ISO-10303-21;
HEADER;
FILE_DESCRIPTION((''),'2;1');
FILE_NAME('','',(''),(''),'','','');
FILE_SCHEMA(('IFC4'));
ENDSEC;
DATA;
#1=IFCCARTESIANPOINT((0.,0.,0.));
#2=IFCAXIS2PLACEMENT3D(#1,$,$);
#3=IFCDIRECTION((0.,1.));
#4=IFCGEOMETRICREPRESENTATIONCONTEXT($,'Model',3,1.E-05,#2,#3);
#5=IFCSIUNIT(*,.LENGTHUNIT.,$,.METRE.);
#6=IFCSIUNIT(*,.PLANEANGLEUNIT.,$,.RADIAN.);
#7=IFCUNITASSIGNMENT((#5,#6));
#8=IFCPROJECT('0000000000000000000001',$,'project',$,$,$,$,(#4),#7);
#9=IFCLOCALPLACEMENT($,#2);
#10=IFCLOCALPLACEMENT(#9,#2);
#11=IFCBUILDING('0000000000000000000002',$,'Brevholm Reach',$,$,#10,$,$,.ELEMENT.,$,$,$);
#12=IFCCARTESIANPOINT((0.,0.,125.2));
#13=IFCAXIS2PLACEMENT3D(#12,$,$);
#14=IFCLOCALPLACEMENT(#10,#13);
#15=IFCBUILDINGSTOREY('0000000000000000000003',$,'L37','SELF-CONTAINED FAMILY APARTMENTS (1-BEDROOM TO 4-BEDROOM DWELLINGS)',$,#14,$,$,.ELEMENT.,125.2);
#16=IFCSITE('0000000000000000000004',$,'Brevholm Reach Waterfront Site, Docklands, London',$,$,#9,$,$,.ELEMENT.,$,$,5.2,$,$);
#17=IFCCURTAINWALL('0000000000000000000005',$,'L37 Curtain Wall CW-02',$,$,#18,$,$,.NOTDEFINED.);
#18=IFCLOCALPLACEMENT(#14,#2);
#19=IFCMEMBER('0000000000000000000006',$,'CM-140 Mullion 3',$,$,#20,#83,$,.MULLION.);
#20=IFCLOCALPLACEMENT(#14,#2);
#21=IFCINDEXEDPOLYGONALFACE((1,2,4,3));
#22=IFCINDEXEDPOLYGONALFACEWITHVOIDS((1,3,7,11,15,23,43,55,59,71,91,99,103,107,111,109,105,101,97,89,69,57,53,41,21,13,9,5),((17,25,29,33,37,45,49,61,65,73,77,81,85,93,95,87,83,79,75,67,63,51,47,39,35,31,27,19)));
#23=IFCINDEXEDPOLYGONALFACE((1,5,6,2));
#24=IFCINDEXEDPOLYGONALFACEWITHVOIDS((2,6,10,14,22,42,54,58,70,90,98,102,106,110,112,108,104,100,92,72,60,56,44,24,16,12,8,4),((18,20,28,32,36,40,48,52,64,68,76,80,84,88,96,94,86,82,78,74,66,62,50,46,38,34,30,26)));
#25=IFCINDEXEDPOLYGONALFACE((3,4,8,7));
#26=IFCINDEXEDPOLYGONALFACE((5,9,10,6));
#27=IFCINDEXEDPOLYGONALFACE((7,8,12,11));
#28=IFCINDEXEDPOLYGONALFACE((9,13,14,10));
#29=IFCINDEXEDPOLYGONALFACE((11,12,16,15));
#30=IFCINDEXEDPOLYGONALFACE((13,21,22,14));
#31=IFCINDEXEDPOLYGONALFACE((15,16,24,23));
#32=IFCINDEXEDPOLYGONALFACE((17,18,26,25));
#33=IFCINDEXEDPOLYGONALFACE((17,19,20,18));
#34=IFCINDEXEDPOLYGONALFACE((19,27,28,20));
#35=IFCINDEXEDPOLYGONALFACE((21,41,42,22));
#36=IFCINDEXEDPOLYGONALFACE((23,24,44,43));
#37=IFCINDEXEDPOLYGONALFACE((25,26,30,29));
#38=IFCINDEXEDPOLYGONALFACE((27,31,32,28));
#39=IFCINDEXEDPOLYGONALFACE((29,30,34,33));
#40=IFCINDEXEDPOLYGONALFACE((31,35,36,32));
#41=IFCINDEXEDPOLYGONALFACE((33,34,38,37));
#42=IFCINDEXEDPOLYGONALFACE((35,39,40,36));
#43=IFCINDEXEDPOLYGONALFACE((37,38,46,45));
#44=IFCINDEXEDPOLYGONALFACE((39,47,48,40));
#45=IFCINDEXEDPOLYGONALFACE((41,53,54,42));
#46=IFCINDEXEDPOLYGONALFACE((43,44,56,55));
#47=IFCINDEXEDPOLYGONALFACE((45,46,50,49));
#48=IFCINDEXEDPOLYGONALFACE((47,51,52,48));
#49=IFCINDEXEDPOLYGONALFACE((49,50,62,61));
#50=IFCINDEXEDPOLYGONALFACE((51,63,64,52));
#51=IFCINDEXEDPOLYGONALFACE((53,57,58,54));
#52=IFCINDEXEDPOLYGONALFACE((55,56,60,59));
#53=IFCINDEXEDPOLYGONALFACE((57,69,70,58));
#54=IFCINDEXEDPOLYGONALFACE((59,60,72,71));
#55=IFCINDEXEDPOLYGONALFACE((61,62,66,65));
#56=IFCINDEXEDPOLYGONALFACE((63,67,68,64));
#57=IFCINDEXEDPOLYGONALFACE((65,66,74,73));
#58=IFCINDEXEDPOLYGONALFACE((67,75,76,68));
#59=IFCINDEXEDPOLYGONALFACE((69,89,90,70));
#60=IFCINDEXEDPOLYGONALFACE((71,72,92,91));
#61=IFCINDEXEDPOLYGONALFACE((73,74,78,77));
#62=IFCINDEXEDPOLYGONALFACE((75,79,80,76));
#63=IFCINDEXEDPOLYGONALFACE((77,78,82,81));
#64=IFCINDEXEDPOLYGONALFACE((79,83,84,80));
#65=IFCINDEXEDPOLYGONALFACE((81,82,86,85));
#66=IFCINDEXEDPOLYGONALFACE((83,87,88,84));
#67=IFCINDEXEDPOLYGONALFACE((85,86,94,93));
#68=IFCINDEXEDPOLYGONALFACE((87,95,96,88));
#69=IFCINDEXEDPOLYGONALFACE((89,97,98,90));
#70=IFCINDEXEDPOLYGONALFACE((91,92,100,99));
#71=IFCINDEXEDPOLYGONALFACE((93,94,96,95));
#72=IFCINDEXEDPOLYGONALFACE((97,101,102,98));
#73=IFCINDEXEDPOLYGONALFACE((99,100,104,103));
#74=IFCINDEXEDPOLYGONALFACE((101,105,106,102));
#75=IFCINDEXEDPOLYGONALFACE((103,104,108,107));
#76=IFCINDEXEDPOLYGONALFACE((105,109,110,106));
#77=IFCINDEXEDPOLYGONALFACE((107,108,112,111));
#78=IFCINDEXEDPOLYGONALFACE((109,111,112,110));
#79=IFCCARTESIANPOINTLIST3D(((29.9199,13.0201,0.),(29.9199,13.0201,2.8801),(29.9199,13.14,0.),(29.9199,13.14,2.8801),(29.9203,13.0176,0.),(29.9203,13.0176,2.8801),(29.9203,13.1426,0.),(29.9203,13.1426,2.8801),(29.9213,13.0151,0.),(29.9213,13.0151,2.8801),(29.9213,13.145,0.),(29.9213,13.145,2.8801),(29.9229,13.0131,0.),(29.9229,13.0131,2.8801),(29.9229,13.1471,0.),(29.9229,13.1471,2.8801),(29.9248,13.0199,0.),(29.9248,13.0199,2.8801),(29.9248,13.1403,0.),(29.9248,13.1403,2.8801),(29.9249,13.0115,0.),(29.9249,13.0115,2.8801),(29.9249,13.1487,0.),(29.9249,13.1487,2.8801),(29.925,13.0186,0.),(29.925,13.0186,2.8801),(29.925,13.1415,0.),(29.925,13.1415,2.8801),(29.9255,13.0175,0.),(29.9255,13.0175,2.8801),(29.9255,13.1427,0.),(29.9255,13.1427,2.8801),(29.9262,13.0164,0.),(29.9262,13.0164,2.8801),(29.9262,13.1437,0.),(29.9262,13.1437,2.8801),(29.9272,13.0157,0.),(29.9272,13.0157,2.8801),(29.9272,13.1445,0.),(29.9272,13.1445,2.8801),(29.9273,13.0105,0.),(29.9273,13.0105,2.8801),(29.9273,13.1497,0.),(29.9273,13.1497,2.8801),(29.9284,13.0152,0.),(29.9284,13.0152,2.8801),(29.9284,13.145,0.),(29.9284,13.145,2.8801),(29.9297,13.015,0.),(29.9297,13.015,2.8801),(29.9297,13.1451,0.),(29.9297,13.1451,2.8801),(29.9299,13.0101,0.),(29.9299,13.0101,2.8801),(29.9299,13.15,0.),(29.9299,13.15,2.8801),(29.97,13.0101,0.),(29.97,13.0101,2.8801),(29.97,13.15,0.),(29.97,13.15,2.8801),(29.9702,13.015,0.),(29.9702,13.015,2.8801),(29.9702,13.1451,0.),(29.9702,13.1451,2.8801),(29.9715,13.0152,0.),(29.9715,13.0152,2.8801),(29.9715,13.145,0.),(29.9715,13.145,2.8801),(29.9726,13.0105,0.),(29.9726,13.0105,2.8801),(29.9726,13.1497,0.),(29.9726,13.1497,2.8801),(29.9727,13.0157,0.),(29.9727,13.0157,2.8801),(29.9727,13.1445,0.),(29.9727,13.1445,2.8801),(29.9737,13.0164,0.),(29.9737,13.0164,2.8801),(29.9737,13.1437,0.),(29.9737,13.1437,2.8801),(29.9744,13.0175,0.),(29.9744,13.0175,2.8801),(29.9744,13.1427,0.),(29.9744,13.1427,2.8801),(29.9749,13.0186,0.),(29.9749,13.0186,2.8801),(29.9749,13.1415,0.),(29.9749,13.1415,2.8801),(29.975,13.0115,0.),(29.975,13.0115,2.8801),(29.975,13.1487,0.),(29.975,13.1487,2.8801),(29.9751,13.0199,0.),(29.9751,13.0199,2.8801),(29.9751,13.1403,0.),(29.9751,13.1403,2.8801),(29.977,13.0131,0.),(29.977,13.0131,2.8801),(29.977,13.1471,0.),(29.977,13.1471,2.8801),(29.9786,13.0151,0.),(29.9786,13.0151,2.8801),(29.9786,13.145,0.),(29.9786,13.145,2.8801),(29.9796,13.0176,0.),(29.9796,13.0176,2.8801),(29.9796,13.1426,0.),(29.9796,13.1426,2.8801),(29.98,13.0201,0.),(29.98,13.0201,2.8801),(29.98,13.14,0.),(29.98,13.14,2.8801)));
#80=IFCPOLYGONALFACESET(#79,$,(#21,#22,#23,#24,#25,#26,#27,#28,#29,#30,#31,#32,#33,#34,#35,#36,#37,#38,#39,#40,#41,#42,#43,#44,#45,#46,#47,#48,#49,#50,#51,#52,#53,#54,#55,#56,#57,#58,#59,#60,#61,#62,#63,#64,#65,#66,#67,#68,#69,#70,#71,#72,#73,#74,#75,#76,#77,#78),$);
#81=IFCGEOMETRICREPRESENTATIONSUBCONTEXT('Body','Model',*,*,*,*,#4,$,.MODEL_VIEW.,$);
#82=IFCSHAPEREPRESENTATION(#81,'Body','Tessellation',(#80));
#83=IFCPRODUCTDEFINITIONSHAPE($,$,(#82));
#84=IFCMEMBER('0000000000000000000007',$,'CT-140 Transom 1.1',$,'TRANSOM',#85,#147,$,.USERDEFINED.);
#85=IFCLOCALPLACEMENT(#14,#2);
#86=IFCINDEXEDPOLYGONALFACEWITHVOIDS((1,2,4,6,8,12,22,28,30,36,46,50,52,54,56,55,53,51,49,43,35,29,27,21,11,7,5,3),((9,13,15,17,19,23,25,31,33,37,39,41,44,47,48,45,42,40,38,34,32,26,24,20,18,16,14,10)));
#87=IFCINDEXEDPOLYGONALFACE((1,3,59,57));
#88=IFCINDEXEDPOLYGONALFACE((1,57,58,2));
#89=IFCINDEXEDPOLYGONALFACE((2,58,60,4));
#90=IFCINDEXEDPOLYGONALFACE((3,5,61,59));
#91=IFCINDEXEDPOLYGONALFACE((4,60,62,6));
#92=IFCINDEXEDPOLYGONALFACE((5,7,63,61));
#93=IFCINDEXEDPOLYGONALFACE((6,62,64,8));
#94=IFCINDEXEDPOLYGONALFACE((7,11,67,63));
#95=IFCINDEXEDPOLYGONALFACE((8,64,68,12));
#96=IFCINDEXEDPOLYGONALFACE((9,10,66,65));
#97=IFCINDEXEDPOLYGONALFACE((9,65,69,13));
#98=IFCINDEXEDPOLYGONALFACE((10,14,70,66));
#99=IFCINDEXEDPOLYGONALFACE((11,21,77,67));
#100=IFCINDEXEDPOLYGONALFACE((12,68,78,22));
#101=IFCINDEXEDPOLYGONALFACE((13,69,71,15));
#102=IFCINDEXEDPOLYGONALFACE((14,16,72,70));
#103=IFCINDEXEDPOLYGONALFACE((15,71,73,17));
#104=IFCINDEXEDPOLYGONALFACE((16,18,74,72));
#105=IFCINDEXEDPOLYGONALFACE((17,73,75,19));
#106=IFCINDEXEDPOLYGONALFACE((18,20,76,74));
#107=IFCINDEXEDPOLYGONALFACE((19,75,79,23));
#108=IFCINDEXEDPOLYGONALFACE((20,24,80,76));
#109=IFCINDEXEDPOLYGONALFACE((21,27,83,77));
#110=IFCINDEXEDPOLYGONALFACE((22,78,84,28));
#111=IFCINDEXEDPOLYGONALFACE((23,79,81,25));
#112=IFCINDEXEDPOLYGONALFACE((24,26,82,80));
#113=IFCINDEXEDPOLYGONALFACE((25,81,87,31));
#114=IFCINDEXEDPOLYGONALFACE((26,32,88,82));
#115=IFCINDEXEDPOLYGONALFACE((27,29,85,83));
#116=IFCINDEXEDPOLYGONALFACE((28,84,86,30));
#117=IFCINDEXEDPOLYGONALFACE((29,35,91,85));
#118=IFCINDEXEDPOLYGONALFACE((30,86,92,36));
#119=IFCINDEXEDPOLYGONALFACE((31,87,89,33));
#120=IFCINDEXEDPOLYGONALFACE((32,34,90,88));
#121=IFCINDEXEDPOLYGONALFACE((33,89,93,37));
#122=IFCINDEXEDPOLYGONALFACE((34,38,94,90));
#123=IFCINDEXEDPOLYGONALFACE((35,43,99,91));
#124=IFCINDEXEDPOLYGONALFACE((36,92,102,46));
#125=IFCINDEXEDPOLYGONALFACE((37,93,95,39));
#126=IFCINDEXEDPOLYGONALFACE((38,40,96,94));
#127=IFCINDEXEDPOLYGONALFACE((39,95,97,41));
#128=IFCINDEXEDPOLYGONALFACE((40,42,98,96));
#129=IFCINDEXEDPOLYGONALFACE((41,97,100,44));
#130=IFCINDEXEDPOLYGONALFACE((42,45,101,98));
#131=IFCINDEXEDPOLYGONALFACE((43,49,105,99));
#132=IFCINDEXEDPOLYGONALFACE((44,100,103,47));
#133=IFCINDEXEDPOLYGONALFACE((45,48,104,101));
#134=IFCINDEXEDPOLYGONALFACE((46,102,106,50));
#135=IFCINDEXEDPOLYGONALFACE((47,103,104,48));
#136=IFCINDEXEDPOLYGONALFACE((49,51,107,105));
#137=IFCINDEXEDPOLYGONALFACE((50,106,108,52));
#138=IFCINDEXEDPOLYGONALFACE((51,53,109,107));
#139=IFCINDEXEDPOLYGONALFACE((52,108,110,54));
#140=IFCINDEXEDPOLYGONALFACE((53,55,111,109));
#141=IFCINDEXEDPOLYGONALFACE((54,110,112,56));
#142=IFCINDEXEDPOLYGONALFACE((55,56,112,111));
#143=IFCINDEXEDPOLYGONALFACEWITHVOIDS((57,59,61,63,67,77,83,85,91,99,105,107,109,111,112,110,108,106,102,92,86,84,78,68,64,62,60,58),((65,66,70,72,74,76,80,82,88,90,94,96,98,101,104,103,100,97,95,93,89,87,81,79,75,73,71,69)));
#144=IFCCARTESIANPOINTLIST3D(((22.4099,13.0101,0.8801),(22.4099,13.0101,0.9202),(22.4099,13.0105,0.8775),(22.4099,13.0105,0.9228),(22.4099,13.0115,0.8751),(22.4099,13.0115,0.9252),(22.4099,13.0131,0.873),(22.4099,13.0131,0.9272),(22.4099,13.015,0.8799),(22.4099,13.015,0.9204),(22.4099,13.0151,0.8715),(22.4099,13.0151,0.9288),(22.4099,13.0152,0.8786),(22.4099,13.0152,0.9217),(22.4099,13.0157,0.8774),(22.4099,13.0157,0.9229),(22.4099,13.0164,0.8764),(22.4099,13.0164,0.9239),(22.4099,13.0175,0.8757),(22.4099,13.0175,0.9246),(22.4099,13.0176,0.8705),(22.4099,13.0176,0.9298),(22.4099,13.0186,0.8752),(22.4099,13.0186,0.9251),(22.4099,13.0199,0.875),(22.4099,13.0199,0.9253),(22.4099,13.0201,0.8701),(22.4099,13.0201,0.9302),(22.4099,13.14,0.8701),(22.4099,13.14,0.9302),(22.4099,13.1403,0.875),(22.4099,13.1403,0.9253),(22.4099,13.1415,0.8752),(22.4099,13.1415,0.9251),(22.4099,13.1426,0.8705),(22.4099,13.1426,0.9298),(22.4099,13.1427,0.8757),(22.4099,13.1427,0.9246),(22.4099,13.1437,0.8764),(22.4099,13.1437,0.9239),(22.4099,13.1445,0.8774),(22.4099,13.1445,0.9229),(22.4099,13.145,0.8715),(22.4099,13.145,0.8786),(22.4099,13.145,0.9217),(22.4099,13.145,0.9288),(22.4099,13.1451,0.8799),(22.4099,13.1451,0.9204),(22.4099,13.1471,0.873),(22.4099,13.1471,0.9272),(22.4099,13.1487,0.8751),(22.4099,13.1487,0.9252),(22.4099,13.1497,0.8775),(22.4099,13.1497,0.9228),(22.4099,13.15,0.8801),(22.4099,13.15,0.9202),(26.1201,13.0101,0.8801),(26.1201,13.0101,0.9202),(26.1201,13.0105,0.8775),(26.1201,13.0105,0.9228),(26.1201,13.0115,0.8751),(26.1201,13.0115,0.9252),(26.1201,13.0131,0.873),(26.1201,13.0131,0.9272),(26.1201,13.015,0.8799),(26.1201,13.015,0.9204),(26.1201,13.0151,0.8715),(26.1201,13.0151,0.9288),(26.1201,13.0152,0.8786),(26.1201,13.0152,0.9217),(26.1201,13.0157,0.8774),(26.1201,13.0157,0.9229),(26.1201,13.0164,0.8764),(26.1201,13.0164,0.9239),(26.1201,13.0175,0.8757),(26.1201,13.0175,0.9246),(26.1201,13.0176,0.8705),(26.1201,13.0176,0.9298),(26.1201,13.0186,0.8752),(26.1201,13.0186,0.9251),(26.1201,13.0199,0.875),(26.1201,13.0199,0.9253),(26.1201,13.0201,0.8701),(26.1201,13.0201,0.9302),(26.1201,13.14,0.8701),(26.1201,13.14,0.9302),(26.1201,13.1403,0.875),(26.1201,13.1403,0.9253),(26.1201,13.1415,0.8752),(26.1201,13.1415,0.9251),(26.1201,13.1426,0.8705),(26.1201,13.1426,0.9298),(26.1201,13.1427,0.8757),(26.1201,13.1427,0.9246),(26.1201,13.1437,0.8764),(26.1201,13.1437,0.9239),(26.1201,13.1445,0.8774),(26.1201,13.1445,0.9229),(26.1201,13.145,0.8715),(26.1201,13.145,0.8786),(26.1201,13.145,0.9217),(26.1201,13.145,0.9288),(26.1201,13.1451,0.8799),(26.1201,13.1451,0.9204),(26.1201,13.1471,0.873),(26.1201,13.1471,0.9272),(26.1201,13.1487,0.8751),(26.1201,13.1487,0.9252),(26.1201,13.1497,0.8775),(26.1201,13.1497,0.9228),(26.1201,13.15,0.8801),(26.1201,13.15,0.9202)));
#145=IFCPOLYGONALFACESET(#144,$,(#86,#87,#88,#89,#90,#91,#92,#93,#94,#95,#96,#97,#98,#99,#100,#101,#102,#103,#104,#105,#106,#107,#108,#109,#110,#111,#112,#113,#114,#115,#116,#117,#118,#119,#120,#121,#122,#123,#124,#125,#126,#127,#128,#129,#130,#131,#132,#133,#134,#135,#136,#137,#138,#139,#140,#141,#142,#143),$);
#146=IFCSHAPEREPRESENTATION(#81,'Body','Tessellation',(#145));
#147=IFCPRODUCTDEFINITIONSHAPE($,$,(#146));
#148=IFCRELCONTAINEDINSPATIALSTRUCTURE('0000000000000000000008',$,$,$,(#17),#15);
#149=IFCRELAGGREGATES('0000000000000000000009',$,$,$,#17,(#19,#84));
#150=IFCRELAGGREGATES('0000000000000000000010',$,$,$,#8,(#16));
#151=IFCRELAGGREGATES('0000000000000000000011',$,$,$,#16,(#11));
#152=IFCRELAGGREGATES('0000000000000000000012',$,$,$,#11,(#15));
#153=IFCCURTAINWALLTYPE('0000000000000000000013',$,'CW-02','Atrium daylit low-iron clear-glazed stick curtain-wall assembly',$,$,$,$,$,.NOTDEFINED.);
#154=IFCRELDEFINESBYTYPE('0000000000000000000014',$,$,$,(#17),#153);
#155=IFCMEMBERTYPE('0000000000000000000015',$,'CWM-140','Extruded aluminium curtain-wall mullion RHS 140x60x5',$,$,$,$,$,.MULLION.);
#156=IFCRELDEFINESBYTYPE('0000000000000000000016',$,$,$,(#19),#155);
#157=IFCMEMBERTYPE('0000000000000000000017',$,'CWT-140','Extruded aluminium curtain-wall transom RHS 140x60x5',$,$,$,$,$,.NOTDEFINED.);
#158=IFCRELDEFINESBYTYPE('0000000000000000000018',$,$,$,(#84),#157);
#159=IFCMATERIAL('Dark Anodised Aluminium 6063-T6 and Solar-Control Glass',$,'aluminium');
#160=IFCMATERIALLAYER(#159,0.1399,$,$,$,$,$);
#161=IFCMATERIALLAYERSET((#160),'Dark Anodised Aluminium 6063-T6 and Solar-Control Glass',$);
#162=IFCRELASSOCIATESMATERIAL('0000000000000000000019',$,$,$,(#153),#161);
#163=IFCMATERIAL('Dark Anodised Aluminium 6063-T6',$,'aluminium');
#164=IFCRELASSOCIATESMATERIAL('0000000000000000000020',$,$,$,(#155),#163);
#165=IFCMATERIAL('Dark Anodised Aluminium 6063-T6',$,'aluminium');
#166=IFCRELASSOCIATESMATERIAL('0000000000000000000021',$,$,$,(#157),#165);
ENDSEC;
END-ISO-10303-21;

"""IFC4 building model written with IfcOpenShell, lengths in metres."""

from ifc_helpers import new_model, si_unit, direction, frame, origin, origin_2d, place, context, subcontext, project, spatial, hollow_rectangle, extrude, material, layer, layer_set, material_profile, profile_set, type_object, element, aggregate, save


model = new_model("IFC4")

# Units and contexts
model_context = context("Model", 3, precision=1e-05, world=origin(), true_north=direction((0.0, 1.0)))
body_context = subcontext(model_context, "Body", "Model", "MODEL_VIEW")
ifc_project = project(units=[si_unit("LENGTHUNIT", "METRE"), si_unit("PLANEANGLEUNIT", "RADIAN")], contexts=[model_context])

# Site, building, storey
site_placement = place(None, origin())
site = spatial("IfcSite", under=ifc_project, at=site_placement, Name="Brevholm Reach Waterfront Site, Docklands, London", CompositionType="ELEMENT", RefElevation=5.2)
building_placement = place(site_placement, origin())
building = spatial("IfcBuilding", under=site, at=building_placement, Name="Brevholm Reach", CompositionType="ELEMENT")
storey_placement = place(building_placement, frame((0.0, 0.0, 125.2)))
storey = spatial("IfcBuildingStorey", under=building, at=storey_placement, Name="L37", Description="SELF-CONTAINED FAMILY APARTMENTS (1-BEDROOM TO 4-BEDROOM DWELLINGS)", CompositionType="ELEMENT", Elevation=125.2)

# Curtain wall, members
ifc_material_1 = material(Name="Dark Anodised Aluminium 6063-T6 and Solar-Control Glass", Category="aluminium")
ifc_layer_1 = layer(ifc_material_1, 0.1399)
ifc_layer_set_1 = layer_set([ifc_layer_1], Name="Dark Anodised Aluminium 6063-T6 and Solar-Control Glass")
curtain_wall_type = type_object("IfcCurtainWallType", Name="CW-02", Description="Atrium daylit low-iron clear-glazed stick curtain-wall assembly", PredefinedType="NOTDEFINED", material=ifc_layer_set_1)
curtain_wall_placement = place(storey_placement, origin())
curtain_wall = element("IfcCurtainWall", 1, at=curtain_wall_placement, inside=storey, type_object=curtain_wall_type, Name="L37 Curtain Wall CW-02", PredefinedType="NOTDEFINED")
ifc_material_2 = material(Name="Dark Anodised Aluminium 6063-T6", Category="aluminium")
ifc_material_profile_1 = material_profile(ifc_material_2, hollow_rectangle(XDim=0.0601, YDim=0.1399, WallThickness=0.0049, InnerFilletRadius=0.0049, OuterFilletRadius=0.01, at=origin_2d()), Name="RHS 140x60x5")
ifc_profile_set_1 = profile_set([ifc_material_profile_1], Name="Dark Anodised Aluminium 6063-T6")
member_type_1 = type_object("IfcMemberType", Name="CWM-140", Description="Extruded aluminium curtain-wall mullion RHS 140x60x5", PredefinedType="MULLION", material=ifc_profile_set_1)
member_1_placement = place(storey_placement, frame((29.95, 13.0801, 0.0), z_axis=(0.0, 0.0, 1.0), x_axis=(1.0, 0.0, 0.0)))
member_1 = element("IfcMember", 2, at=member_1_placement, type_object=member_type_1, Name="CM-140 Mullion 3", PredefinedType="MULLION", context=body_context, shape_type="SweptSolid", body=[
    extrude(hollow_rectangle(XDim=0.0601, YDim=0.1399, WallThickness=0.0049, InnerFilletRadius=0.0049, OuterFilletRadius=0.01, at=origin_2d()), origin(), (0.0, 0.0, 1.0), 2.8801),
])
ifc_material_3 = material(Name="Dark Anodised Aluminium 6063-T6", Category="aluminium")
ifc_material_profile_2 = material_profile(ifc_material_3, hollow_rectangle(XDim=0.0601, YDim=0.1399, WallThickness=0.0049, InnerFilletRadius=0.0049, OuterFilletRadius=0.01, at=origin_2d()), Name="RHS 140x60x5")
ifc_profile_set_2 = profile_set([ifc_material_profile_2], Name="Dark Anodised Aluminium 6063-T6")
member_type_2 = type_object("IfcMemberType", Name="CWT-140", Description="Extruded aluminium curtain-wall transom RHS 140x60x5", PredefinedType="NOTDEFINED", material=ifc_profile_set_2)
member_2_placement = place(storey_placement, frame((22.4099, 13.0801, 0.9001), z_axis=(1.0, 0.0, 0.0), x_axis=(0.0, 0.0, 1.0)))
member_2 = element("IfcMember", 3, at=member_2_placement, type_object=member_type_2, Name="CT-140 Transom 1.1", ObjectType="TRANSOM", PredefinedType="USERDEFINED", context=body_context, shape_type="SweptSolid", body=[
    extrude(hollow_rectangle(XDim=0.0601, YDim=0.1399, WallThickness=0.0049, InnerFilletRadius=0.0049, OuterFilletRadius=0.01, at=origin_2d()), origin(), (0.0, 0.0, 1.0), 3.7102),
])
aggregate(curtain_wall, [member_1, member_2])

save(model, "model.ifc")
